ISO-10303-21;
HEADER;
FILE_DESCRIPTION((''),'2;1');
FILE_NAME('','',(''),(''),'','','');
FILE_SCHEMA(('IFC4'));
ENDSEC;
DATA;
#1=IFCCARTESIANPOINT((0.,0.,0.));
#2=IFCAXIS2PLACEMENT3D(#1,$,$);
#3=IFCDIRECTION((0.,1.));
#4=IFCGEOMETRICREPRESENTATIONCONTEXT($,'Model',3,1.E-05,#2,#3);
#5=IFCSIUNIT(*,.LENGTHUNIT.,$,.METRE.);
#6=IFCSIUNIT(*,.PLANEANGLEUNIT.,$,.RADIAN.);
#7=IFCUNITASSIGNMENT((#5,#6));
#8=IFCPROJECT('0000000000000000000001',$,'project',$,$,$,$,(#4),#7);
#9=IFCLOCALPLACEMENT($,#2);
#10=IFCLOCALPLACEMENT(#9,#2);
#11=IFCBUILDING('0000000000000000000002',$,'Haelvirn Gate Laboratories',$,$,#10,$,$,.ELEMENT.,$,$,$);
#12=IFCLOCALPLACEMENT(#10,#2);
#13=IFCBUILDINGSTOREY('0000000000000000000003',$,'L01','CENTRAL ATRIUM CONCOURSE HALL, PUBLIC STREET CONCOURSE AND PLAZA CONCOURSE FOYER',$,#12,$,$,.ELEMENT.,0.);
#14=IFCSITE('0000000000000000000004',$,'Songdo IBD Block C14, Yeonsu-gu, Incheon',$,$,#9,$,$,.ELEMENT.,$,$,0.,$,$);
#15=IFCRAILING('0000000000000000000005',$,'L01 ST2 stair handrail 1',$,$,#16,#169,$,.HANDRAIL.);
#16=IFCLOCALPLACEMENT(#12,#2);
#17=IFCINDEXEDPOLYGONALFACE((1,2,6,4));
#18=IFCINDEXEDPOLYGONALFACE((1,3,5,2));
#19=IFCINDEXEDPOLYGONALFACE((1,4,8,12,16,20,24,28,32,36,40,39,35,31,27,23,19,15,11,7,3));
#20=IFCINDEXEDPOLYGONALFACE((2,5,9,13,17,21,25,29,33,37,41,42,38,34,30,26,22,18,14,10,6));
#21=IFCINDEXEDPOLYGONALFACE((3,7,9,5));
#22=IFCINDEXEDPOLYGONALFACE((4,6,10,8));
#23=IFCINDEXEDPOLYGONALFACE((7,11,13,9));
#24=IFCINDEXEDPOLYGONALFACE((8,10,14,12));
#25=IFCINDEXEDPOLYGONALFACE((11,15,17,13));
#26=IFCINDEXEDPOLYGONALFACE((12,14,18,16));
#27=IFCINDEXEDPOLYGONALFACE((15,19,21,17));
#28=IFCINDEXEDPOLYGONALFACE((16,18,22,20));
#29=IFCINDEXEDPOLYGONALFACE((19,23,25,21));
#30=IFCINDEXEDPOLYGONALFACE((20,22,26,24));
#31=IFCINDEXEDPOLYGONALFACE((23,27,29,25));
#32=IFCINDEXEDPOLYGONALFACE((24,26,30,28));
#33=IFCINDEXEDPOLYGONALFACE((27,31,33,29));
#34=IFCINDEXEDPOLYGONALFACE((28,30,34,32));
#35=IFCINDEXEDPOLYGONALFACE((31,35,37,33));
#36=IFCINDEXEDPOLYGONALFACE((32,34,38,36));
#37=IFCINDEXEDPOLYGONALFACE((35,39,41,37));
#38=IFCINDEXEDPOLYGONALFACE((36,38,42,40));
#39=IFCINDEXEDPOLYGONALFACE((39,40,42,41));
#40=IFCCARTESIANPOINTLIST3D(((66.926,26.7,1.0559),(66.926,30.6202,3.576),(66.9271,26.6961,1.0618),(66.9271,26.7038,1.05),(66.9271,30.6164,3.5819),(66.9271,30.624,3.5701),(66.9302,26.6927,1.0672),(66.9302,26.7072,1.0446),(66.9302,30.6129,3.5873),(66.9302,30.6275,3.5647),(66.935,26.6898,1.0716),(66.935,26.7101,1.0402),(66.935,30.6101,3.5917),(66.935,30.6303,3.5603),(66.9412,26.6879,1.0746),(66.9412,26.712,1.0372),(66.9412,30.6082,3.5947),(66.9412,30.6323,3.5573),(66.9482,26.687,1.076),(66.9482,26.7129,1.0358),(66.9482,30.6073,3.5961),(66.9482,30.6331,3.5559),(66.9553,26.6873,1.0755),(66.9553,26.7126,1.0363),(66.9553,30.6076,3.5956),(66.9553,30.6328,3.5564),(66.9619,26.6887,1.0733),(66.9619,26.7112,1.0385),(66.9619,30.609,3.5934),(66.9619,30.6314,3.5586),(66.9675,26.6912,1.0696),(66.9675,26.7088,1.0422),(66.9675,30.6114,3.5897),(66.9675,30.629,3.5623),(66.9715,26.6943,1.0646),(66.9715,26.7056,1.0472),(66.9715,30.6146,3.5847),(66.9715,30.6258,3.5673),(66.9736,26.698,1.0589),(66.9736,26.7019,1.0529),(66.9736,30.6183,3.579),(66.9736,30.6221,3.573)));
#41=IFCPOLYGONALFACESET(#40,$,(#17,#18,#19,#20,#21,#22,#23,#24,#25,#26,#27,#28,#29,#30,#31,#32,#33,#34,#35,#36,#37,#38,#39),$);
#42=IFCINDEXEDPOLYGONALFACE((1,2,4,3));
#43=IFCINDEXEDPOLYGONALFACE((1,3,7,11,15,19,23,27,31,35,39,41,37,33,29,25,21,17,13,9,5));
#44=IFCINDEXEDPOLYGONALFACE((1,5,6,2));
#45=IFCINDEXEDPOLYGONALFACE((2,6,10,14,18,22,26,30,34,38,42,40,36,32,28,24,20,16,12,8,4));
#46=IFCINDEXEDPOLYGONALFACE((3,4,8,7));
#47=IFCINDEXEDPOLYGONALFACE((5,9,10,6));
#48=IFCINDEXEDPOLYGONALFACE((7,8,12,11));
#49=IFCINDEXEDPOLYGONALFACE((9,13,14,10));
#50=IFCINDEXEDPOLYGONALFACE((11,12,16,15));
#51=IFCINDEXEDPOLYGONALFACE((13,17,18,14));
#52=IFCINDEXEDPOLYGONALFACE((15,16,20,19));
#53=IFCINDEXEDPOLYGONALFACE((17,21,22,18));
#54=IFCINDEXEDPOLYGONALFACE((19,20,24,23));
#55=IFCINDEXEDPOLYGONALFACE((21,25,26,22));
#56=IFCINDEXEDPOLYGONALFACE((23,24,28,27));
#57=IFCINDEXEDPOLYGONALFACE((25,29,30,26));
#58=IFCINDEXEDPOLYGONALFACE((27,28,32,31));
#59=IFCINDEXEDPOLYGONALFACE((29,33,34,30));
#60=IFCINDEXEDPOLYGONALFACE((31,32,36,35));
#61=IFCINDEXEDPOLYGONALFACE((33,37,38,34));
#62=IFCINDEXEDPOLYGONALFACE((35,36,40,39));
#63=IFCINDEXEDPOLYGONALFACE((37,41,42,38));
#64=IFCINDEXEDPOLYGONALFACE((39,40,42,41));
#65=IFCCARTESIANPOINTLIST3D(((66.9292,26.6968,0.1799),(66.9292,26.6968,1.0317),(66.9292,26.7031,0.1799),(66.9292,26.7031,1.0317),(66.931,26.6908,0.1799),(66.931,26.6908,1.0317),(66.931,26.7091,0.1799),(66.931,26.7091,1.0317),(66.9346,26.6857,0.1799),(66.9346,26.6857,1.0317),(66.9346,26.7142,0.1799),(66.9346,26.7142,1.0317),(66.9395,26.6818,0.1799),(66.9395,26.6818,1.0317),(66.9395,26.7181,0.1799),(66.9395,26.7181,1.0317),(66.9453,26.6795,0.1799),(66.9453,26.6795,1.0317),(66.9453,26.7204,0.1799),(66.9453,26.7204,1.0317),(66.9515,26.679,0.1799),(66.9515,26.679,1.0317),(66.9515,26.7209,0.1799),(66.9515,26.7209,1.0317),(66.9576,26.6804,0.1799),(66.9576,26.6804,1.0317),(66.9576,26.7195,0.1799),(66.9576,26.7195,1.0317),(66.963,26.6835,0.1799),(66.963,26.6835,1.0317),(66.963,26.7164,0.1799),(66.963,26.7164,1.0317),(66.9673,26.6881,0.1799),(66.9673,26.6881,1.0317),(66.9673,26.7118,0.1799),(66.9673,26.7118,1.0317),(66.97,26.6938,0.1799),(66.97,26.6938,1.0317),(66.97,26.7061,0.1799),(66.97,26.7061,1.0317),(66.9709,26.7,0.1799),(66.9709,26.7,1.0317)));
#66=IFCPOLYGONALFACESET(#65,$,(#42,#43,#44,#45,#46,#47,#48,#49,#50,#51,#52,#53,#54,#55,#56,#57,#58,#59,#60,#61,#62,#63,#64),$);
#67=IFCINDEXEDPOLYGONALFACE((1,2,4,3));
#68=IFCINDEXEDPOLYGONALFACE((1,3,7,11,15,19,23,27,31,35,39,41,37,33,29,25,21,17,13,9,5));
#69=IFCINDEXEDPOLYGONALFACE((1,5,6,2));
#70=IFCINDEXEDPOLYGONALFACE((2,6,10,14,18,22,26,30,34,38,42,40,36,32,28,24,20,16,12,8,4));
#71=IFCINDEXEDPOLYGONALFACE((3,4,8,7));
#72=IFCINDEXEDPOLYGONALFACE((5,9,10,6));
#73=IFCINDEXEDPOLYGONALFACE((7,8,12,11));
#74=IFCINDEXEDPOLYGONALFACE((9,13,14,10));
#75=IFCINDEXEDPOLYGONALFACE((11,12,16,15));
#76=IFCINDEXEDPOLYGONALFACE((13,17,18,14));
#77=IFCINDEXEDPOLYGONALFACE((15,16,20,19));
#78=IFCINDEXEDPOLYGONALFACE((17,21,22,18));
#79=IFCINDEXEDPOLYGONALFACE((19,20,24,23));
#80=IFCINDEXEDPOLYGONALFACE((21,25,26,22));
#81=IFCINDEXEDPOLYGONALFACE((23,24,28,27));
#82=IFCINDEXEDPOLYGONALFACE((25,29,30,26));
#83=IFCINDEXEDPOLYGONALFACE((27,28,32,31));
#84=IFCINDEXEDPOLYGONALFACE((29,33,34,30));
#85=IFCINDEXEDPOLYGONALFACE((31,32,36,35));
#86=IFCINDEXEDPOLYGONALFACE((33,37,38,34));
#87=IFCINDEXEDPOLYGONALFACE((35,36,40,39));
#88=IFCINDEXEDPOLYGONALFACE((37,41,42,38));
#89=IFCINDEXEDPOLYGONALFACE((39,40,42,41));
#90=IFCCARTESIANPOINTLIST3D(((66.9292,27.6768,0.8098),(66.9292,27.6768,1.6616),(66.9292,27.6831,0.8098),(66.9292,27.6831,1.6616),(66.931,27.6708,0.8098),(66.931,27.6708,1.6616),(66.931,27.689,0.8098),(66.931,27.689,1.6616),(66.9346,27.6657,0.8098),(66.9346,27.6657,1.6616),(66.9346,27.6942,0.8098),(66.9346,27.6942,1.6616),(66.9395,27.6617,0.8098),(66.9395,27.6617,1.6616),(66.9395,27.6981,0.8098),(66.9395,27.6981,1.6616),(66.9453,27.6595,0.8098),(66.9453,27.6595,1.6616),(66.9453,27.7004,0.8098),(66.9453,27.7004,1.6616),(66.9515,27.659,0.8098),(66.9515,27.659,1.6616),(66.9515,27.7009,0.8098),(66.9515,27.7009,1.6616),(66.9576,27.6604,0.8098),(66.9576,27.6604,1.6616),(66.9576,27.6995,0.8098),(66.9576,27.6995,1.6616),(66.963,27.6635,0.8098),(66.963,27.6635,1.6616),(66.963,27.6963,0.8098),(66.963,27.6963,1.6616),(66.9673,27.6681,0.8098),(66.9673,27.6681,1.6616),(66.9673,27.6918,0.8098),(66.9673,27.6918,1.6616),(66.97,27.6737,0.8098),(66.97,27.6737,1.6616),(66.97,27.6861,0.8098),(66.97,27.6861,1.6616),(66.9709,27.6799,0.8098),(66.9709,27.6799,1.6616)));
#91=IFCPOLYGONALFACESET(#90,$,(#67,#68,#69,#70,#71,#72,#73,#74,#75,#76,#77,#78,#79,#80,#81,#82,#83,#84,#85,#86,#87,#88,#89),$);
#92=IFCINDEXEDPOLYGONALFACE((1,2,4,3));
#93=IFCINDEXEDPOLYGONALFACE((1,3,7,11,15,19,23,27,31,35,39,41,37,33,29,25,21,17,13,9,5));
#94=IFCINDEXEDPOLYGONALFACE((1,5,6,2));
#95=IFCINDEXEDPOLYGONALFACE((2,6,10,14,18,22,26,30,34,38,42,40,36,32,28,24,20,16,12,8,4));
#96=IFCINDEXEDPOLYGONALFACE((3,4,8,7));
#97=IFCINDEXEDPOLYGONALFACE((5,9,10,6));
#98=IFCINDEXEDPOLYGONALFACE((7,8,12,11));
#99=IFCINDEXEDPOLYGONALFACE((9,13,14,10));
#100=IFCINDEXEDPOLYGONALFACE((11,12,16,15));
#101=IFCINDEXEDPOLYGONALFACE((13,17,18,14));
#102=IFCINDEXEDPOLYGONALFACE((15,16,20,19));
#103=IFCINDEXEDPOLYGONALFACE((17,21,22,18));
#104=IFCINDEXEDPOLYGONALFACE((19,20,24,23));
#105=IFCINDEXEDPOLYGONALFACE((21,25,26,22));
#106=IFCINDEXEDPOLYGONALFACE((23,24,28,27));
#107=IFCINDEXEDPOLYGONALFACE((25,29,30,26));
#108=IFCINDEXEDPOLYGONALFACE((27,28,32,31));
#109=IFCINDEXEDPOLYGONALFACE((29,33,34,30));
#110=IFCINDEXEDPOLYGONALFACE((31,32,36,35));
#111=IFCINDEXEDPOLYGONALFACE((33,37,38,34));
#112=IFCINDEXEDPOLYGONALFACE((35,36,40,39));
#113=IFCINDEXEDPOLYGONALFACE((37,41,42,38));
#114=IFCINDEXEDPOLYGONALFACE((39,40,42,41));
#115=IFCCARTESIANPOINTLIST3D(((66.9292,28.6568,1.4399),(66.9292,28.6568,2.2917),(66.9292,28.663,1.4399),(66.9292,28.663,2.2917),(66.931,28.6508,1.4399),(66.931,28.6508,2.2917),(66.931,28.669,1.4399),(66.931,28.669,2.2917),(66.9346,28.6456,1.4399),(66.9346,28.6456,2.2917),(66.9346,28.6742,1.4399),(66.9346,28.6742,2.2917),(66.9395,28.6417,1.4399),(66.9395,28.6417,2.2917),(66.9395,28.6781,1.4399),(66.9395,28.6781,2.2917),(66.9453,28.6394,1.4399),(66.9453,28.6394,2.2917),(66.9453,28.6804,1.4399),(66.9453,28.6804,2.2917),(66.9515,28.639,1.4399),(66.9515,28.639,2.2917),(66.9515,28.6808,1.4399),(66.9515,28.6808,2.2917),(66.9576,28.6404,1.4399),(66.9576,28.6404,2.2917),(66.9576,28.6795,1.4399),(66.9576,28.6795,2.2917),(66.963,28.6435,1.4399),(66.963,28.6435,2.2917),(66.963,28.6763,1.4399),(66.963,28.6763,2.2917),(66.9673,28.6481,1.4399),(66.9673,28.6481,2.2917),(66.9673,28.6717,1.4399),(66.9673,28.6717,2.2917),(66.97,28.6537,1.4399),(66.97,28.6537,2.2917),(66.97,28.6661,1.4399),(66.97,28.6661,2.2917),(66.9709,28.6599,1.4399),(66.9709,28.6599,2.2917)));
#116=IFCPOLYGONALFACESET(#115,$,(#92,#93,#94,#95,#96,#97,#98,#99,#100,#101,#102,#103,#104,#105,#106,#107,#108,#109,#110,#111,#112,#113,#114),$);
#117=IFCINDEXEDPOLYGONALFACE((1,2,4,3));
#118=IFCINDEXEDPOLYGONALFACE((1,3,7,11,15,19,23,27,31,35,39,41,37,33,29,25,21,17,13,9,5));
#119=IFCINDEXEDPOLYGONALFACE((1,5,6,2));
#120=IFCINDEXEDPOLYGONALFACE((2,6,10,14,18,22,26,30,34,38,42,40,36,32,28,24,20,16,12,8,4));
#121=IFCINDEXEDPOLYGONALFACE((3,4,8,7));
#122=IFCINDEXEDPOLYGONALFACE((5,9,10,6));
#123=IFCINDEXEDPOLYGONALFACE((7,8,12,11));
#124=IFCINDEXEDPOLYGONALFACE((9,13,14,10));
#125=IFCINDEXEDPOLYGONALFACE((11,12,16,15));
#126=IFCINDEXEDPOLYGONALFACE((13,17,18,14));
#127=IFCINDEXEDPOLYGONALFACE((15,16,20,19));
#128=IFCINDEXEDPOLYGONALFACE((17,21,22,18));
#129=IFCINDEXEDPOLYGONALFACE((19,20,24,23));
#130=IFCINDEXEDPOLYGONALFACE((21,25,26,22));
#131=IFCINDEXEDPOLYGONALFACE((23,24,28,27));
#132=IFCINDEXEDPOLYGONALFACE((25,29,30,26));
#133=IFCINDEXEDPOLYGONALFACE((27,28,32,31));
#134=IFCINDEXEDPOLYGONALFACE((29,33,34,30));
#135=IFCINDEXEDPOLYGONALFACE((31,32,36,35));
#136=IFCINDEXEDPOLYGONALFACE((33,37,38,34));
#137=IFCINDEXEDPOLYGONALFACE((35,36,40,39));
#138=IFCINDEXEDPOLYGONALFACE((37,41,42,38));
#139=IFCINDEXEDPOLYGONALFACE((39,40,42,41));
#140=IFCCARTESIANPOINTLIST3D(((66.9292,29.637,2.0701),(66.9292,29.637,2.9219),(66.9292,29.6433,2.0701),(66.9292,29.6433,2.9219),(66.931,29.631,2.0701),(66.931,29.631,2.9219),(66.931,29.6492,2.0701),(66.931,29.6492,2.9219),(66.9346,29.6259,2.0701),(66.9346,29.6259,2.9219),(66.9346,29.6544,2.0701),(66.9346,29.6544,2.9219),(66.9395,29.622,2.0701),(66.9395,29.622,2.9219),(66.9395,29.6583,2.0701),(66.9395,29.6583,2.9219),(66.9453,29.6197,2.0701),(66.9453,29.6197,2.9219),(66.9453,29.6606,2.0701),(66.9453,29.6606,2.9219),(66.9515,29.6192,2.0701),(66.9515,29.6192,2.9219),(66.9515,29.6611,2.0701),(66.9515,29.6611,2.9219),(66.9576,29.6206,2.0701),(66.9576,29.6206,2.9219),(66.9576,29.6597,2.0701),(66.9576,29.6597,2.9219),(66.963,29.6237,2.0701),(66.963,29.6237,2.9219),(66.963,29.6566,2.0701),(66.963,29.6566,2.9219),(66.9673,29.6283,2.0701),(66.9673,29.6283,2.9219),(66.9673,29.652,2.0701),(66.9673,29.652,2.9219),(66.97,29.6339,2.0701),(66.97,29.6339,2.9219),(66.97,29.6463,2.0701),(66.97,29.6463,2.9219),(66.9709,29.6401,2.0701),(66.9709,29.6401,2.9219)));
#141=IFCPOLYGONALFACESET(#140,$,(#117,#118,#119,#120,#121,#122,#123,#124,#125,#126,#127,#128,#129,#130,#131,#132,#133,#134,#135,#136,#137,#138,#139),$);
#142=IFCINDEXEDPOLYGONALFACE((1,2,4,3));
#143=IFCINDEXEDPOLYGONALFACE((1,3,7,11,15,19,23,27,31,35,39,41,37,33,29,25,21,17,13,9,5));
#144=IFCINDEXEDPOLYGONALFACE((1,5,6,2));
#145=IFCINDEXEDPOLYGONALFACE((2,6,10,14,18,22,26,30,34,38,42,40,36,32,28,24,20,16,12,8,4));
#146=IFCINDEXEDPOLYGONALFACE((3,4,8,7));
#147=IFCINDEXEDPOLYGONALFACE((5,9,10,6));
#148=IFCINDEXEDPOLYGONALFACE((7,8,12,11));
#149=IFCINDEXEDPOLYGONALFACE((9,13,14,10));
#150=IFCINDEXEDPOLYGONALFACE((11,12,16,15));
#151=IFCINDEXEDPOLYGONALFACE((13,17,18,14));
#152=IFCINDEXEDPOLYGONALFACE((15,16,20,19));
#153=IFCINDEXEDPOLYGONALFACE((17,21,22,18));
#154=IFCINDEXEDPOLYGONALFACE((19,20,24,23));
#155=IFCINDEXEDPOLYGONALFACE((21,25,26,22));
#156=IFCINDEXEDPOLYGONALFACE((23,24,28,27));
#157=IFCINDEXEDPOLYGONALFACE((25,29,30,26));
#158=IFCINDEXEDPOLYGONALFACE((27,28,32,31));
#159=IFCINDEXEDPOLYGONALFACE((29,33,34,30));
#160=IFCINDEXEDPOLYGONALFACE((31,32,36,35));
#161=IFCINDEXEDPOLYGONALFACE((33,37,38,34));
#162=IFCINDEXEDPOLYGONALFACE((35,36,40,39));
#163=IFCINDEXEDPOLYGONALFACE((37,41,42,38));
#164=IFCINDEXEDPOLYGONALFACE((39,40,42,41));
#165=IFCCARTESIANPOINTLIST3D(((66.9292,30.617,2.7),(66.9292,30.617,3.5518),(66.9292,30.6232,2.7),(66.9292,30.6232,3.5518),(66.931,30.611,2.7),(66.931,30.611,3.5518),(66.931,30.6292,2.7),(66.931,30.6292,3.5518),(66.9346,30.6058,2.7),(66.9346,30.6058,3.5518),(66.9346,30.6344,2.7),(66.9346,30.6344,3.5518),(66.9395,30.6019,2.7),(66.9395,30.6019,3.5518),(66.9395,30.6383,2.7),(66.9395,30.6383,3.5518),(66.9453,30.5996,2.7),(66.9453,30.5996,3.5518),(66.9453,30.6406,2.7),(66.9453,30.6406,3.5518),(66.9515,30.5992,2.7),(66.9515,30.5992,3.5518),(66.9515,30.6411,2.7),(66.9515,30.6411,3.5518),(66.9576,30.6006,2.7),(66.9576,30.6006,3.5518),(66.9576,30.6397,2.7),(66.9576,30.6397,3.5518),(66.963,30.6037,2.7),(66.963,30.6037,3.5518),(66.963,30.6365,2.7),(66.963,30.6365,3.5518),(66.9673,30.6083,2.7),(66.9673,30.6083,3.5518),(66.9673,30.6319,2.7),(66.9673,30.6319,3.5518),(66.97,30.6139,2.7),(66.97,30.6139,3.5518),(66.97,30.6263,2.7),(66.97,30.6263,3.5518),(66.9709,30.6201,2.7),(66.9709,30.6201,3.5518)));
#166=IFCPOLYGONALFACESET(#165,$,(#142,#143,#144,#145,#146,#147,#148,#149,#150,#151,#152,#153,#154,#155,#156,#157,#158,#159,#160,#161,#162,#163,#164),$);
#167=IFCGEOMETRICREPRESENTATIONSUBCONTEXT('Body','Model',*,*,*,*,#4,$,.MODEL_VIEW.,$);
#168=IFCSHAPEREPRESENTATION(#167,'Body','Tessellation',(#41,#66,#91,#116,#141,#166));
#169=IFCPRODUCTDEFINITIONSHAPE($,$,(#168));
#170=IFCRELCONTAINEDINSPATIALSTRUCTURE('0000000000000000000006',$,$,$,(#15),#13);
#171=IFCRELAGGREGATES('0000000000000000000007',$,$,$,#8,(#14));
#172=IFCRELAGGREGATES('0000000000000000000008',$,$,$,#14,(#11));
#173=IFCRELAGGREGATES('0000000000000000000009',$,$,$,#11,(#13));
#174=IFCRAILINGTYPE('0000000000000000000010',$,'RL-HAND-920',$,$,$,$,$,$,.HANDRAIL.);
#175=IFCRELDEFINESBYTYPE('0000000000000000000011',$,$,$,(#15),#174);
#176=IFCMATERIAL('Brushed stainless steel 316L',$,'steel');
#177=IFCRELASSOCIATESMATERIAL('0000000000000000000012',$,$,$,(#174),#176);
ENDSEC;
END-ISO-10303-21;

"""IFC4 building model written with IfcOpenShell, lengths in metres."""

from ifc_helpers import new_model, si_unit, direction, frame, origin, origin_2d, place, context, subcontext, project, spatial, circle, extrude, source, transform, mapped, material, type_object, element, save


model = new_model("IFC4")

# Units and contexts
model_context = context("Model", 3, precision=1e-05, world=origin(), true_north=direction((0.0, 1.0)))
body_context = subcontext(model_context, "Body", "Model", "MODEL_VIEW")
ifc_project = project(units=[si_unit("LENGTHUNIT", "METRE"), si_unit("PLANEANGLEUNIT", "RADIAN")], contexts=[model_context])

# Site, building, storey
site_placement = place(None, origin())
site = spatial("IfcSite", under=ifc_project, at=site_placement, Name="Songdo IBD Block C14, Yeonsu-gu, Incheon", CompositionType="ELEMENT", RefElevation=0.0)
building_placement = place(site_placement, origin())
building = spatial("IfcBuilding", under=site, at=building_placement, Name="Haelvirn Gate Laboratories", CompositionType="ELEMENT")
storey_placement = place(building_placement, origin())
storey = spatial("IfcBuildingStorey", under=building, at=storey_placement, Name="L01", Description="CENTRAL ATRIUM CONCOURSE HALL, PUBLIC STREET CONCOURSE AND PLAZA CONCOURSE FOYER", CompositionType="ELEMENT", Elevation=0.0)

# Railing
ifc_material_1 = material(Name="Brushed stainless steel 316L", Category="steel")
railing_type_1 = type_object("IfcRailingType", Name="RL-HAND-920", PredefinedType="HANDRAIL", material=ifc_material_1)
shared_shape_1 = source(origin(), body_context, "Body", "SweptSolid", [
    extrude(circle(Radius=0.0239, at=origin_2d()), frame((0.0, 0.0, 0.876), z_axis=(0.0, 0.841187, 0.540744), x_axis=(-1.0, 0.0, 0.0)), (0.0, 0.0, 1.0), 4.6604),
    extrude(circle(Radius=0.021, at=origin_2d()), origin(), (0.0, 0.0, 1.0), 0.8518),
    extrude(circle(Radius=0.021, at=origin_2d()), frame((0.0, 0.98, 0.6299)), (0.0, 0.0, 1.0), 0.8518),
    extrude(circle(Radius=0.021, at=origin_2d()), frame((0.0, 1.96, 1.26)), (0.0, 0.0, 1.0), 0.8518),
    extrude(circle(Radius=0.021, at=origin_2d()), frame((0.0, 2.9402, 1.8901)), (0.0, 0.0, 1.0), 0.8518),
    extrude(circle(Radius=0.021, at=origin_2d()), frame((0.0, 3.9202, 2.52)), (0.0, 0.0, 1.0), 0.8518),
])
railing_1_placement = place(storey_placement, frame((66.95, 26.7, 0.1799)))
element("IfcRailing", 1, at=railing_1_placement, inside=storey, type_object=railing_type_1, Name="L01 ST2 stair handrail 1", PredefinedType="HANDRAIL", context=body_context, shape_type="MappedRepresentation", body=[
    mapped(shared_shape_1, transform((0.0, 0.0, 0.0), scale=1.0)),
])

save(model, "model.ifc")
